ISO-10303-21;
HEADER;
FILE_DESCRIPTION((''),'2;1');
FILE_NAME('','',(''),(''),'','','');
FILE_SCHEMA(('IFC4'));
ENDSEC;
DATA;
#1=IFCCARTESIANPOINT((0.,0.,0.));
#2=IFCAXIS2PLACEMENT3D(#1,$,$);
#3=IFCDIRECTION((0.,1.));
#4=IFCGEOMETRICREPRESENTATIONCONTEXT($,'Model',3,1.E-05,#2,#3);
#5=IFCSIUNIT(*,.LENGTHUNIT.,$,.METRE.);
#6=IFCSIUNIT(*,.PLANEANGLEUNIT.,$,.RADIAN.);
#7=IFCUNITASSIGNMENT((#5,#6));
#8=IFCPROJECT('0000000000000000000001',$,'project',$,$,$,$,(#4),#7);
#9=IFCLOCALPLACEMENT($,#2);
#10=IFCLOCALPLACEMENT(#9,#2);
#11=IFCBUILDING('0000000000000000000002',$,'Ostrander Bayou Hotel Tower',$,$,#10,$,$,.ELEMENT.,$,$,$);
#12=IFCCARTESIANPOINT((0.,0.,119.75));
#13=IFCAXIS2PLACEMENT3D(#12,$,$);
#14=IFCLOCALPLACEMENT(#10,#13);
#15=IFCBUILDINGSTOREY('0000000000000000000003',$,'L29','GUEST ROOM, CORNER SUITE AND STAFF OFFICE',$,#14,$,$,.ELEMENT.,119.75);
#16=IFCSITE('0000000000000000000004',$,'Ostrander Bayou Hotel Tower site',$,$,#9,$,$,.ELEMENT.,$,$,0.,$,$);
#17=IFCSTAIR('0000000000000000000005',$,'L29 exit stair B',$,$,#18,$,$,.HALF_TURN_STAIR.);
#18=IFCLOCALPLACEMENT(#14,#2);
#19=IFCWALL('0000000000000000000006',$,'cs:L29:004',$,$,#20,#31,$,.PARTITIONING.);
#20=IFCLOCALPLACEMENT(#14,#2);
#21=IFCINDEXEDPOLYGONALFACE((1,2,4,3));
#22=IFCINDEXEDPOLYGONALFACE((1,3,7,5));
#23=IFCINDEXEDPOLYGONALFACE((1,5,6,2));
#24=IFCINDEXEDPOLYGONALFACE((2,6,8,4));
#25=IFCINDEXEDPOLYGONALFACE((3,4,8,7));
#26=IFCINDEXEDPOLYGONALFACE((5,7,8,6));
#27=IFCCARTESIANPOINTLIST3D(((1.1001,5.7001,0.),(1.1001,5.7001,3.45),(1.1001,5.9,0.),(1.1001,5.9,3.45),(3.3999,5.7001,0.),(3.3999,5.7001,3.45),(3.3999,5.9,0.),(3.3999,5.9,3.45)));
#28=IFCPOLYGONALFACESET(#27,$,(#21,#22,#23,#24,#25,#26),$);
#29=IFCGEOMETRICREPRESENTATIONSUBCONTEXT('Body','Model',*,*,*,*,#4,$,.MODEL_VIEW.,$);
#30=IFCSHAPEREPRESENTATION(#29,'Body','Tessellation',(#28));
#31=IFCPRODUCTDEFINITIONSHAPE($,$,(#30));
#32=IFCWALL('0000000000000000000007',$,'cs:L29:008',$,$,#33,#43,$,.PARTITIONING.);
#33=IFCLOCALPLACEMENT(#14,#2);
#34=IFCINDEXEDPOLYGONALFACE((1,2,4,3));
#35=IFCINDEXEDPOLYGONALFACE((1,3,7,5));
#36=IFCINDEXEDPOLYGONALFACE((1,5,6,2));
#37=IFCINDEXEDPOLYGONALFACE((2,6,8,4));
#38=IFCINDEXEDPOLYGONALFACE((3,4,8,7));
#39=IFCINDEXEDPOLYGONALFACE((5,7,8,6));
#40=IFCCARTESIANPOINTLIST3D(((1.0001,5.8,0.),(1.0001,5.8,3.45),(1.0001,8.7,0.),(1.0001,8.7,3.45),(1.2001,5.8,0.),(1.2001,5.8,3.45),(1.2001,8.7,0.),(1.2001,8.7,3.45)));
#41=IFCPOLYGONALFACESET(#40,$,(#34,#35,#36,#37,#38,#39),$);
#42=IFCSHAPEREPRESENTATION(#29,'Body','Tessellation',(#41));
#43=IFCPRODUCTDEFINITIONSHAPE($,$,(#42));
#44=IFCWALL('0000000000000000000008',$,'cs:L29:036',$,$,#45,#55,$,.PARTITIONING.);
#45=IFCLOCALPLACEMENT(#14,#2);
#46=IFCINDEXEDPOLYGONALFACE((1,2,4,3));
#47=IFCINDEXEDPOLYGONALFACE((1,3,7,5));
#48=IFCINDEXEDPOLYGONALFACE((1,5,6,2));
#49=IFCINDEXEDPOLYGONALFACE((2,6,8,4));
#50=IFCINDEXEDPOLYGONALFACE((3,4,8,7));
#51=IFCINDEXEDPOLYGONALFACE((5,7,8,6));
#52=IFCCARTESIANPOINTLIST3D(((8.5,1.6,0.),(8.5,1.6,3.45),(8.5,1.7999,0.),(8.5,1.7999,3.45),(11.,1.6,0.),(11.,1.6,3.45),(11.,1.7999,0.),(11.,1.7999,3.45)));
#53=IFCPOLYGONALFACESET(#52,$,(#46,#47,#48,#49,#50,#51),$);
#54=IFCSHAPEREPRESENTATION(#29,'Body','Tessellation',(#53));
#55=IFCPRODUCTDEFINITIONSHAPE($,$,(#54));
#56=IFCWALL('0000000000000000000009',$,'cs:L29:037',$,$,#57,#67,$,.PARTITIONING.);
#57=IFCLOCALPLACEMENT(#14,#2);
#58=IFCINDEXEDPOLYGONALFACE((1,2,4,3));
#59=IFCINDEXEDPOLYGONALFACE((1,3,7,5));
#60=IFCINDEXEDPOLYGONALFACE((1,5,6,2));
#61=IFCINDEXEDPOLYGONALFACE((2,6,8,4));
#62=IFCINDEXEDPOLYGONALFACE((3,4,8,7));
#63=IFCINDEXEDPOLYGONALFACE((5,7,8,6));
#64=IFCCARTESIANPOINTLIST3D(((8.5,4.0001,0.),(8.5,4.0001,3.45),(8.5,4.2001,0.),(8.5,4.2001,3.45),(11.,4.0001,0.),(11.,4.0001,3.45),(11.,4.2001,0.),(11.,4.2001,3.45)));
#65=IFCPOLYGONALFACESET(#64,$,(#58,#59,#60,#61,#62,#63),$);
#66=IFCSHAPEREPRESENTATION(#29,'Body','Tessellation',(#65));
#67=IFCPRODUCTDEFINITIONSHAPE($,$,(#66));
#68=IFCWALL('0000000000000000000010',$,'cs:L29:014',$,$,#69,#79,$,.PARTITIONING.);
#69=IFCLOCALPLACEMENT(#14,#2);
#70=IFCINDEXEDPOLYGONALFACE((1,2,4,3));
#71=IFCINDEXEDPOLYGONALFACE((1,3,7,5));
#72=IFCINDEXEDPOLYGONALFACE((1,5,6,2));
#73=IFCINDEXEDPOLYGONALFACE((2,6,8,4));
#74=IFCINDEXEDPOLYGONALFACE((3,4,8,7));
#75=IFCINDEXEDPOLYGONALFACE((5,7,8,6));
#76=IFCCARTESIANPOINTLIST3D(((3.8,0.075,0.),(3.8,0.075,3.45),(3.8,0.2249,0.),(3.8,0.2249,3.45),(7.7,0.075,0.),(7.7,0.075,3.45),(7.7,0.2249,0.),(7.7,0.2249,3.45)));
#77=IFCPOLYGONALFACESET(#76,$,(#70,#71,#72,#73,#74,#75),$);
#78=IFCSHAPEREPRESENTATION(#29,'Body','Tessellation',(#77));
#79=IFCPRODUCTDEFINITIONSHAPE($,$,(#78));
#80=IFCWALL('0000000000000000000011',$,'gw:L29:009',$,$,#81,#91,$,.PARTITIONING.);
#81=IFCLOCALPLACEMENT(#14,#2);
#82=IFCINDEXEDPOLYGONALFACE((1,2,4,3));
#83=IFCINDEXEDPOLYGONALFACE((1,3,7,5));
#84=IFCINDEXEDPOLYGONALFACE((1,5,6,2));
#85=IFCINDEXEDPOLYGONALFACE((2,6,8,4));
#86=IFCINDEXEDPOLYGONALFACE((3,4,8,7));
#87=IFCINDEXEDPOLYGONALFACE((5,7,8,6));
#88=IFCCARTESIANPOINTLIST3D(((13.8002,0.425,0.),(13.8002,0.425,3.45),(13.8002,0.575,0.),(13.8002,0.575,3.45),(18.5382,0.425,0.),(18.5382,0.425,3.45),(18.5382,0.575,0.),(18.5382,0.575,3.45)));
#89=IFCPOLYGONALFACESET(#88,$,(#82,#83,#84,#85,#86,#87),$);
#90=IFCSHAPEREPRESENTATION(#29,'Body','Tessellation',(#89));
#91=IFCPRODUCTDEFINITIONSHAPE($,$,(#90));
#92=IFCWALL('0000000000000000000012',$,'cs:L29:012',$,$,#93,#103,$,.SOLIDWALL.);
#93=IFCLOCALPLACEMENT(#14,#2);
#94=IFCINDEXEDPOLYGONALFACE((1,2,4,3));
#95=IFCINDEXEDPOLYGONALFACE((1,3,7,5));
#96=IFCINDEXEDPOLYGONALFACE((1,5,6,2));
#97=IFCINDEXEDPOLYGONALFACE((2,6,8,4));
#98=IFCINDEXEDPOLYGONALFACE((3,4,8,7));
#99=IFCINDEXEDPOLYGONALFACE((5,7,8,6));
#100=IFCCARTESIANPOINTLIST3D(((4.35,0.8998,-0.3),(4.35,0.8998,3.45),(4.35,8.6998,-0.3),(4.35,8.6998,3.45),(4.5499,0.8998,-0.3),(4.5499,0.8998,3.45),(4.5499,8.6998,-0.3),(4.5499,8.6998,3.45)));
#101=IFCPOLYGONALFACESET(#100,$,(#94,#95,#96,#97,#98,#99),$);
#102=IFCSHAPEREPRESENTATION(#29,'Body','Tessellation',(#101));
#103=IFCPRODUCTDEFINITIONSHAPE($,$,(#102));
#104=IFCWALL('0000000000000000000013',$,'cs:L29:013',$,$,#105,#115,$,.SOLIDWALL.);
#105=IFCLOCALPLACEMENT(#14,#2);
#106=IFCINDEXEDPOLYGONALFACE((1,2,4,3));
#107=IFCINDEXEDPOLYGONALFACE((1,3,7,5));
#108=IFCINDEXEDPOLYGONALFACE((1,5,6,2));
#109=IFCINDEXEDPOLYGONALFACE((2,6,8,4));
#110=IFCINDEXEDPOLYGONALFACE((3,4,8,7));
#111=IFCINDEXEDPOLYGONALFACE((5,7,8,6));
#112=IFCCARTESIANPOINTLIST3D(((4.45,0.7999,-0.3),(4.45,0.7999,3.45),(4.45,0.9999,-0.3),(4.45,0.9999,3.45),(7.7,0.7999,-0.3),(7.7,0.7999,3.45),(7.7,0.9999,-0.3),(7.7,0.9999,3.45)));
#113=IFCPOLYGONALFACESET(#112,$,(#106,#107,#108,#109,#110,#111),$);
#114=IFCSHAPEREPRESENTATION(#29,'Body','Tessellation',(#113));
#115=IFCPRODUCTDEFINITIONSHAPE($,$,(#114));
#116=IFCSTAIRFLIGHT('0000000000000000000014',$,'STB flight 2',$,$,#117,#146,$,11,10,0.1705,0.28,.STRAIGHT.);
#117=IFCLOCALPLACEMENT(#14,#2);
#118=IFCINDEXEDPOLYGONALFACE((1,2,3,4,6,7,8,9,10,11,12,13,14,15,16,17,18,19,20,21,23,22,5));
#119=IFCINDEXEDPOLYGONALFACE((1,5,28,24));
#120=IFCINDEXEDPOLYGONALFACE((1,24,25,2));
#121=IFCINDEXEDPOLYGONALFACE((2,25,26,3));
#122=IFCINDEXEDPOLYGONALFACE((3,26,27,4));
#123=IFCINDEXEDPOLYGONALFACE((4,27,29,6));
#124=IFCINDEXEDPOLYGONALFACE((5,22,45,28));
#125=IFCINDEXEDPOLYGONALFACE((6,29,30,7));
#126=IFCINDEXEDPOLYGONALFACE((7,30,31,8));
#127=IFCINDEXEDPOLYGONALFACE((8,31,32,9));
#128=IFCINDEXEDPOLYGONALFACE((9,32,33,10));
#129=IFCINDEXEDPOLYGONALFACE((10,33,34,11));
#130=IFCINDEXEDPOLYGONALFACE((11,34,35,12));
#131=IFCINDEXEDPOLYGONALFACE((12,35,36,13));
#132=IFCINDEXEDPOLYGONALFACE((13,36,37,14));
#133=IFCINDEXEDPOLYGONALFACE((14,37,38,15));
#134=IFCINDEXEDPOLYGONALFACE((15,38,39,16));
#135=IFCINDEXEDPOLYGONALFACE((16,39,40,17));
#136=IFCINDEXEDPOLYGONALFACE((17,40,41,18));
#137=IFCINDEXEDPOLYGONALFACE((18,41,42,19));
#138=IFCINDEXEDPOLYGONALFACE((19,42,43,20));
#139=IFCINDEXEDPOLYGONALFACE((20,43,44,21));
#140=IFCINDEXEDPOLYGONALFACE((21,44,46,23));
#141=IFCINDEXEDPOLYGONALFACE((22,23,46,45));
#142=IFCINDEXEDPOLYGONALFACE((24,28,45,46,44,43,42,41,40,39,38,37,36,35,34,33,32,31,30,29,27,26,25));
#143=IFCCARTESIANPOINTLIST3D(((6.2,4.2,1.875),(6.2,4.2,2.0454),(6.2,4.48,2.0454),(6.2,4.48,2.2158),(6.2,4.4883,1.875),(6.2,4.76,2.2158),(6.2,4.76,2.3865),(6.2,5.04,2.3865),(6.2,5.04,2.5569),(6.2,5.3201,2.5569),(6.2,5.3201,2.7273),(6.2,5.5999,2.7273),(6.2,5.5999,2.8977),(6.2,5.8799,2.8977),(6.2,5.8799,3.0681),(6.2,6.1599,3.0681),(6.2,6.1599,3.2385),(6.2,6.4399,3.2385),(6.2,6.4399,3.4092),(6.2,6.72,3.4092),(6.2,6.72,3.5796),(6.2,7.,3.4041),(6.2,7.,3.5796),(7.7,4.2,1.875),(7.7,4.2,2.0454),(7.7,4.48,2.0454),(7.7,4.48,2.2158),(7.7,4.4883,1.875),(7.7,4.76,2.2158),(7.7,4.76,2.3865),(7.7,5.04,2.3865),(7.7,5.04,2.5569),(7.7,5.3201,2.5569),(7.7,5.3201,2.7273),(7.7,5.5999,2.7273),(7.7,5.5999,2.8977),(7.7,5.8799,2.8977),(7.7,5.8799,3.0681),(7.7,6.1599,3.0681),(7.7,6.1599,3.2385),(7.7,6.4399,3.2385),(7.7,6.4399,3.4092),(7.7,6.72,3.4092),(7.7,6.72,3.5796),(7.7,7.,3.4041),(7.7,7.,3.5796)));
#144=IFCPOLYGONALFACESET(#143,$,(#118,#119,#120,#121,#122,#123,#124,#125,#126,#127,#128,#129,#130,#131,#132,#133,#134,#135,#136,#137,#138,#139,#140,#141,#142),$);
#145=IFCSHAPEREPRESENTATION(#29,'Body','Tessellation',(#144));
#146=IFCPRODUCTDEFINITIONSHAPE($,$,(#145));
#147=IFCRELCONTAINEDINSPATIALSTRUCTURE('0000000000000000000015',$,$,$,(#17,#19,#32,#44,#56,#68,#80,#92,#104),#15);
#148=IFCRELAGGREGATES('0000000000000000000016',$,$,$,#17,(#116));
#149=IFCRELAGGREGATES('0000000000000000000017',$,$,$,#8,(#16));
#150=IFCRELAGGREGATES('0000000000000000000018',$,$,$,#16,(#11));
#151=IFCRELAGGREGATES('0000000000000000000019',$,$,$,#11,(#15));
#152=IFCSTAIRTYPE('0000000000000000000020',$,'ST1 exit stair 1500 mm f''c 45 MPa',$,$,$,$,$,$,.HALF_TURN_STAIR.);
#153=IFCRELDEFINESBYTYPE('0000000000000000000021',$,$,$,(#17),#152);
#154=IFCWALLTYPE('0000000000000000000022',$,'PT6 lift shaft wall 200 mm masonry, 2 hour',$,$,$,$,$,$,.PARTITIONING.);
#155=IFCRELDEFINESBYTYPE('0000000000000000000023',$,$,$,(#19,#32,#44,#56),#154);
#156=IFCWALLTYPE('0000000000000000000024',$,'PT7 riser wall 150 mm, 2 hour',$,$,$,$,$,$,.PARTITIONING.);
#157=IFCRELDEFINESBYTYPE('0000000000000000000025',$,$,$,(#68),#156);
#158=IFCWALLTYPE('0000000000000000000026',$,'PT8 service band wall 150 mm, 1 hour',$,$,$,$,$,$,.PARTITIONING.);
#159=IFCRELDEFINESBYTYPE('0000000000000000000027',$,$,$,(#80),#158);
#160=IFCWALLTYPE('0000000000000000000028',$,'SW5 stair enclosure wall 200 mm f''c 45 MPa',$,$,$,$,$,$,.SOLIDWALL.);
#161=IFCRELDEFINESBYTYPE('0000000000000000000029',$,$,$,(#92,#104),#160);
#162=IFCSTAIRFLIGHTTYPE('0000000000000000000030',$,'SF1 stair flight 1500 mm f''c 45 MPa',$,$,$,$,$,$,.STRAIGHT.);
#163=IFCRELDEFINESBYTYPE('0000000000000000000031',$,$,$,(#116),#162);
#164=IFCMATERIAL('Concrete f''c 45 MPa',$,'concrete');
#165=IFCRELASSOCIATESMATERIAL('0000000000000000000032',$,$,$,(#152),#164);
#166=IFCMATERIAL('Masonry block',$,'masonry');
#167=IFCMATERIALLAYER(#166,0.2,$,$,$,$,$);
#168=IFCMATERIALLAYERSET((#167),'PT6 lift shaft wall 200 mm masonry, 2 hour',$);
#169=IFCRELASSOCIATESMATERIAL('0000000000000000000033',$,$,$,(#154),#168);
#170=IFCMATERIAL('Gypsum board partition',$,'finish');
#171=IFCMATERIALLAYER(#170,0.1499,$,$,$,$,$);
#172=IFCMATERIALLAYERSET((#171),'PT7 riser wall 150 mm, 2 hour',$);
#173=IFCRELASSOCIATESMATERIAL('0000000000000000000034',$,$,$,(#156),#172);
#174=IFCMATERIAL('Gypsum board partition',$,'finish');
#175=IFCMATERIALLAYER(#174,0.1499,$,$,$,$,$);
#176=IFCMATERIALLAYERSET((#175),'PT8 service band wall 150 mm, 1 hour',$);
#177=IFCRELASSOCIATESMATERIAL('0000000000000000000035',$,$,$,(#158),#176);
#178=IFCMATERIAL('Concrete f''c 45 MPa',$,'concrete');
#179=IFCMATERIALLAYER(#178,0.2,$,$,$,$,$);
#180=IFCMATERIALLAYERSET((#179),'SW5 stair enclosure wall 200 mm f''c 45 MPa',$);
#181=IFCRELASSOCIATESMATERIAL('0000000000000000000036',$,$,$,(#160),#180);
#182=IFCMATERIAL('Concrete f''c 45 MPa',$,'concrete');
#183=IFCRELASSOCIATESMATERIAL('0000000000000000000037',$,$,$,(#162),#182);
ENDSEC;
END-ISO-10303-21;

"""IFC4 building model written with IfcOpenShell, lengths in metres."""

from ifc_helpers import new_model, si_unit, direction, frame, frame_2d, origin, place, context, subcontext, project, spatial, polyline, rectangle, outline, extrude, material, layer, layer_set, type_object, element, aggregate, save


model = new_model("IFC4")

# Units and contexts
model_context = context("Model", 3, precision=1e-05, world=origin(), true_north=direction((0.0, 1.0)))
body_context = subcontext(model_context, "Body", "Model", "MODEL_VIEW")
ifc_project = project(units=[si_unit("LENGTHUNIT", "METRE"), si_unit("PLANEANGLEUNIT", "RADIAN")], contexts=[model_context])

# Site, building, storey
site_placement = place(None, origin())
site = spatial("IfcSite", under=ifc_project, at=site_placement, Name="Ostrander Bayou Hotel Tower site", CompositionType="ELEMENT", RefElevation=0.0)
building_placement = place(site_placement, origin())
building = spatial("IfcBuilding", under=site, at=building_placement, Name="Ostrander Bayou Hotel Tower", CompositionType="ELEMENT")
storey_placement = place(building_placement, frame((0.0, 0.0, 119.75)))
storey = spatial("IfcBuildingStorey", under=building, at=storey_placement, Name="L29", Description="GUEST ROOM, CORNER SUITE AND STAFF OFFICE", CompositionType="ELEMENT", Elevation=119.75)

# Stair
ifc_material_1 = material(Name="Concrete f'c 45 MPa", Category="concrete")
stair_type = type_object("IfcStairType", Name="ST1 exit stair 1500 mm f'c 45 MPa", PredefinedType="HALF_TURN_STAIR", material=ifc_material_1)
stair_1_placement = place(storey_placement, origin())
stair_1 = element("IfcStair", 1, at=stair_1_placement, inside=storey, type_object=stair_type, Name="L29 exit stair B", PredefinedType="HALF_TURN_STAIR")

# Walls
ifc_material_2 = material(Name="Masonry block", Category="masonry")
ifc_layer_1 = layer(ifc_material_2, 0.2)
ifc_layer_set_1 = layer_set([ifc_layer_1], Name="PT6 lift shaft wall 200 mm masonry, 2 hour")
wall_type_1 = type_object("IfcWallType", Name="PT6 lift shaft wall 200 mm masonry, 2 hour", PredefinedType="PARTITIONING", material=ifc_layer_set_1)
for number, where, z_axis, x_axis, name in (
    (2, (1.1001, 5.8, 0.0), (0.0, 0.0, 1.0), (1.0, 0.0, 0.0), "cs:L29:004"),
):
    element("IfcWall", number, at=place(storey_placement, frame(where, z_axis=z_axis, x_axis=x_axis)), inside=storey, type_object=wall_type_1, Name=name, PredefinedType="PARTITIONING", context=body_context, shape_type="SweptSolid", body=[
        extrude(rectangle(XDim=2.2998, YDim=0.2, at=frame_2d((1.1499, 0.0))), origin(), (0.0, 0.0, 1.0), 3.45),
    ])
wall_1_placement = place(storey_placement, frame((1.1001, 5.8, 0.0), z_axis=(0.0, 0.0, 1.0), x_axis=(0.0, 1.0, 0.0)))
element("IfcWall", 3, at=wall_1_placement, inside=storey, type_object=wall_type_1, Name="cs:L29:008", PredefinedType="PARTITIONING", context=body_context, shape_type="SweptSolid", body=[
    extrude(rectangle(XDim=2.8999, YDim=0.2, at=frame_2d((1.45, 0.0))), origin(), (0.0, 0.0, 1.0), 3.45),
])
for number, where, z_axis, x_axis, name in (
    (4, (8.5, 1.7, 0.0), (0.0, 0.0, 1.0), (1.0, 0.0, 0.0), "cs:L29:036"),
    (5, (8.5, 4.1001, 0.0), (0.0, 0.0, 1.0), (1.0, 0.0, 0.0), "cs:L29:037"),
):
    element("IfcWall", number, at=place(storey_placement, frame(where, z_axis=z_axis, x_axis=x_axis)), inside=storey, type_object=wall_type_1, Name=name, PredefinedType="PARTITIONING", context=body_context, shape_type="SweptSolid", body=[
        extrude(rectangle(XDim=2.5, YDim=0.2, at=frame_2d((1.25, 0.0))), origin(), (0.0, 0.0, 1.0), 3.45),
    ])
ifc_material_3 = material(Name="Gypsum board partition", Category="finish")
ifc_layer_2 = layer(ifc_material_3, 0.1499)
ifc_layer_set_2 = layer_set([ifc_layer_2], Name="PT7 riser wall 150 mm, 2 hour")
wall_type_2 = type_object("IfcWallType", Name="PT7 riser wall 150 mm, 2 hour", PredefinedType="PARTITIONING", material=ifc_layer_set_2)
wall_2_placement = place(storey_placement, frame((3.8, 0.1499, 0.0), z_axis=(0.0, 0.0, 1.0), x_axis=(1.0, 0.0, 0.0)))
element("IfcWall", 6, at=wall_2_placement, inside=storey, type_object=wall_type_2, Name="cs:L29:014", PredefinedType="PARTITIONING", context=body_context, shape_type="SweptSolid", body=[
    extrude(rectangle(XDim=3.8999, YDim=0.1499, at=frame_2d((1.95, 0.0))), origin(), (0.0, 0.0, 1.0), 3.45),
])
ifc_material_4 = material(Name="Gypsum board partition", Category="finish")
ifc_layer_3 = layer(ifc_material_4, 0.1499)
ifc_layer_set_3 = layer_set([ifc_layer_3], Name="PT8 service band wall 150 mm, 1 hour")
wall_type_3 = type_object("IfcWallType", Name="PT8 service band wall 150 mm, 1 hour", PredefinedType="PARTITIONING", material=ifc_layer_set_3)
wall_3_placement = place(storey_placement, frame((13.8, 0.5, 0.0), z_axis=(0.0, 0.0, 1.0), x_axis=(1.0, 0.0, 0.0)))
element("IfcWall", 7, at=wall_3_placement, inside=storey, type_object=wall_type_3, Name="gw:L29:009", PredefinedType="PARTITIONING", context=body_context, shape_type="SweptSolid", body=[
    extrude(rectangle(XDim=4.738, YDim=0.1499, at=frame_2d((2.3691, 0.0))), origin(), (0.0, 0.0, 1.0), 3.45),
])
ifc_material_5 = material(Name="Concrete f'c 45 MPa", Category="concrete")
ifc_layer_4 = layer(ifc_material_5, 0.2)
ifc_layer_set_4 = layer_set([ifc_layer_4], Name="SW5 stair enclosure wall 200 mm f'c 45 MPa")
wall_type_4 = type_object("IfcWallType", Name="SW5 stair enclosure wall 200 mm f'c 45 MPa", PredefinedType="SOLIDWALL", material=ifc_layer_set_4)
wall_4_placement = place(storey_placement, frame((4.45, 0.8999, -0.3), z_axis=(0.0, 0.0, 1.0), x_axis=(0.0, 1.0, 0.0)))
element("IfcWall", 8, at=wall_4_placement, inside=storey, type_object=wall_type_4, Name="cs:L29:012", PredefinedType="SOLIDWALL", context=body_context, shape_type="SweptSolid", body=[
    extrude(rectangle(XDim=7.8, YDim=0.2, at=frame_2d((3.8999, 0.0))), origin(), (0.0, 0.0, 1.0), 3.75),
])
wall_5_placement = place(storey_placement, frame((4.45, 0.8999, -0.3), z_axis=(0.0, 0.0, 1.0), x_axis=(1.0, 0.0, 0.0)))
element("IfcWall", 9, at=wall_5_placement, inside=storey, type_object=wall_type_4, Name="cs:L29:013", PredefinedType="SOLIDWALL", context=body_context, shape_type="SweptSolid", body=[
    extrude(rectangle(XDim=3.25, YDim=0.2, at=frame_2d((1.625, 0.0))), origin(), (0.0, 0.0, 1.0), 3.75),
])

# Stair flight
ifc_material_6 = material(Name="Concrete f'c 45 MPa", Category="concrete")
stair_flight_type = type_object("IfcStairFlightType", Name="SF1 stair flight 1500 mm f'c 45 MPa", PredefinedType="STRAIGHT", material=ifc_material_6)
stair_flight_placement = place(storey_placement, frame((6.95, 4.2, 1.875), z_axis=(0.0, 0.0, 1.0), x_axis=(0.0, 1.0, 0.0)))
stair_flight = element("IfcStairFlight", 10, at=stair_flight_placement, type_object=stair_flight_type, Name="STB flight 2", NumberOfRisers=11, NumberOfTreads=10, PredefinedType="STRAIGHT", RiserHeight=0.1705, TreadLength=0.28, context=body_context, shape_type="SweptSolid", body=[
    extrude(outline(polyline([(0.0, 0.0), (0.0, 0.1704), (0.28, 0.1704), (0.28, 0.3408), (0.5601, 0.3408), (0.5601, 0.5115), (0.8401, 0.5115), (0.8401, 0.6819), (1.1201, 0.6819), (1.1201, 0.8523), (1.3999, 0.8523), (1.3999, 1.0227), (1.6799, 1.0227), (1.6799, 1.1931), (1.96, 1.1931), (1.96, 1.3635), (2.24, 1.3635), (2.24, 1.5342), (2.52, 1.5342), (2.52, 1.7046), (2.8, 1.7046), (2.8, 1.875), (2.8, 1.5291), (0.2883, 0.0), (0.0, 0.0)])), frame((0.0, 0.75, 0.0), z_axis=(0.0, -1.0, 0.0), x_axis=(1.0, 0.0, 0.0)), (0.0, 0.0, 1.0), 1.5),
])
aggregate(stair_1, [stair_flight])

save(model, "model.ifc")
